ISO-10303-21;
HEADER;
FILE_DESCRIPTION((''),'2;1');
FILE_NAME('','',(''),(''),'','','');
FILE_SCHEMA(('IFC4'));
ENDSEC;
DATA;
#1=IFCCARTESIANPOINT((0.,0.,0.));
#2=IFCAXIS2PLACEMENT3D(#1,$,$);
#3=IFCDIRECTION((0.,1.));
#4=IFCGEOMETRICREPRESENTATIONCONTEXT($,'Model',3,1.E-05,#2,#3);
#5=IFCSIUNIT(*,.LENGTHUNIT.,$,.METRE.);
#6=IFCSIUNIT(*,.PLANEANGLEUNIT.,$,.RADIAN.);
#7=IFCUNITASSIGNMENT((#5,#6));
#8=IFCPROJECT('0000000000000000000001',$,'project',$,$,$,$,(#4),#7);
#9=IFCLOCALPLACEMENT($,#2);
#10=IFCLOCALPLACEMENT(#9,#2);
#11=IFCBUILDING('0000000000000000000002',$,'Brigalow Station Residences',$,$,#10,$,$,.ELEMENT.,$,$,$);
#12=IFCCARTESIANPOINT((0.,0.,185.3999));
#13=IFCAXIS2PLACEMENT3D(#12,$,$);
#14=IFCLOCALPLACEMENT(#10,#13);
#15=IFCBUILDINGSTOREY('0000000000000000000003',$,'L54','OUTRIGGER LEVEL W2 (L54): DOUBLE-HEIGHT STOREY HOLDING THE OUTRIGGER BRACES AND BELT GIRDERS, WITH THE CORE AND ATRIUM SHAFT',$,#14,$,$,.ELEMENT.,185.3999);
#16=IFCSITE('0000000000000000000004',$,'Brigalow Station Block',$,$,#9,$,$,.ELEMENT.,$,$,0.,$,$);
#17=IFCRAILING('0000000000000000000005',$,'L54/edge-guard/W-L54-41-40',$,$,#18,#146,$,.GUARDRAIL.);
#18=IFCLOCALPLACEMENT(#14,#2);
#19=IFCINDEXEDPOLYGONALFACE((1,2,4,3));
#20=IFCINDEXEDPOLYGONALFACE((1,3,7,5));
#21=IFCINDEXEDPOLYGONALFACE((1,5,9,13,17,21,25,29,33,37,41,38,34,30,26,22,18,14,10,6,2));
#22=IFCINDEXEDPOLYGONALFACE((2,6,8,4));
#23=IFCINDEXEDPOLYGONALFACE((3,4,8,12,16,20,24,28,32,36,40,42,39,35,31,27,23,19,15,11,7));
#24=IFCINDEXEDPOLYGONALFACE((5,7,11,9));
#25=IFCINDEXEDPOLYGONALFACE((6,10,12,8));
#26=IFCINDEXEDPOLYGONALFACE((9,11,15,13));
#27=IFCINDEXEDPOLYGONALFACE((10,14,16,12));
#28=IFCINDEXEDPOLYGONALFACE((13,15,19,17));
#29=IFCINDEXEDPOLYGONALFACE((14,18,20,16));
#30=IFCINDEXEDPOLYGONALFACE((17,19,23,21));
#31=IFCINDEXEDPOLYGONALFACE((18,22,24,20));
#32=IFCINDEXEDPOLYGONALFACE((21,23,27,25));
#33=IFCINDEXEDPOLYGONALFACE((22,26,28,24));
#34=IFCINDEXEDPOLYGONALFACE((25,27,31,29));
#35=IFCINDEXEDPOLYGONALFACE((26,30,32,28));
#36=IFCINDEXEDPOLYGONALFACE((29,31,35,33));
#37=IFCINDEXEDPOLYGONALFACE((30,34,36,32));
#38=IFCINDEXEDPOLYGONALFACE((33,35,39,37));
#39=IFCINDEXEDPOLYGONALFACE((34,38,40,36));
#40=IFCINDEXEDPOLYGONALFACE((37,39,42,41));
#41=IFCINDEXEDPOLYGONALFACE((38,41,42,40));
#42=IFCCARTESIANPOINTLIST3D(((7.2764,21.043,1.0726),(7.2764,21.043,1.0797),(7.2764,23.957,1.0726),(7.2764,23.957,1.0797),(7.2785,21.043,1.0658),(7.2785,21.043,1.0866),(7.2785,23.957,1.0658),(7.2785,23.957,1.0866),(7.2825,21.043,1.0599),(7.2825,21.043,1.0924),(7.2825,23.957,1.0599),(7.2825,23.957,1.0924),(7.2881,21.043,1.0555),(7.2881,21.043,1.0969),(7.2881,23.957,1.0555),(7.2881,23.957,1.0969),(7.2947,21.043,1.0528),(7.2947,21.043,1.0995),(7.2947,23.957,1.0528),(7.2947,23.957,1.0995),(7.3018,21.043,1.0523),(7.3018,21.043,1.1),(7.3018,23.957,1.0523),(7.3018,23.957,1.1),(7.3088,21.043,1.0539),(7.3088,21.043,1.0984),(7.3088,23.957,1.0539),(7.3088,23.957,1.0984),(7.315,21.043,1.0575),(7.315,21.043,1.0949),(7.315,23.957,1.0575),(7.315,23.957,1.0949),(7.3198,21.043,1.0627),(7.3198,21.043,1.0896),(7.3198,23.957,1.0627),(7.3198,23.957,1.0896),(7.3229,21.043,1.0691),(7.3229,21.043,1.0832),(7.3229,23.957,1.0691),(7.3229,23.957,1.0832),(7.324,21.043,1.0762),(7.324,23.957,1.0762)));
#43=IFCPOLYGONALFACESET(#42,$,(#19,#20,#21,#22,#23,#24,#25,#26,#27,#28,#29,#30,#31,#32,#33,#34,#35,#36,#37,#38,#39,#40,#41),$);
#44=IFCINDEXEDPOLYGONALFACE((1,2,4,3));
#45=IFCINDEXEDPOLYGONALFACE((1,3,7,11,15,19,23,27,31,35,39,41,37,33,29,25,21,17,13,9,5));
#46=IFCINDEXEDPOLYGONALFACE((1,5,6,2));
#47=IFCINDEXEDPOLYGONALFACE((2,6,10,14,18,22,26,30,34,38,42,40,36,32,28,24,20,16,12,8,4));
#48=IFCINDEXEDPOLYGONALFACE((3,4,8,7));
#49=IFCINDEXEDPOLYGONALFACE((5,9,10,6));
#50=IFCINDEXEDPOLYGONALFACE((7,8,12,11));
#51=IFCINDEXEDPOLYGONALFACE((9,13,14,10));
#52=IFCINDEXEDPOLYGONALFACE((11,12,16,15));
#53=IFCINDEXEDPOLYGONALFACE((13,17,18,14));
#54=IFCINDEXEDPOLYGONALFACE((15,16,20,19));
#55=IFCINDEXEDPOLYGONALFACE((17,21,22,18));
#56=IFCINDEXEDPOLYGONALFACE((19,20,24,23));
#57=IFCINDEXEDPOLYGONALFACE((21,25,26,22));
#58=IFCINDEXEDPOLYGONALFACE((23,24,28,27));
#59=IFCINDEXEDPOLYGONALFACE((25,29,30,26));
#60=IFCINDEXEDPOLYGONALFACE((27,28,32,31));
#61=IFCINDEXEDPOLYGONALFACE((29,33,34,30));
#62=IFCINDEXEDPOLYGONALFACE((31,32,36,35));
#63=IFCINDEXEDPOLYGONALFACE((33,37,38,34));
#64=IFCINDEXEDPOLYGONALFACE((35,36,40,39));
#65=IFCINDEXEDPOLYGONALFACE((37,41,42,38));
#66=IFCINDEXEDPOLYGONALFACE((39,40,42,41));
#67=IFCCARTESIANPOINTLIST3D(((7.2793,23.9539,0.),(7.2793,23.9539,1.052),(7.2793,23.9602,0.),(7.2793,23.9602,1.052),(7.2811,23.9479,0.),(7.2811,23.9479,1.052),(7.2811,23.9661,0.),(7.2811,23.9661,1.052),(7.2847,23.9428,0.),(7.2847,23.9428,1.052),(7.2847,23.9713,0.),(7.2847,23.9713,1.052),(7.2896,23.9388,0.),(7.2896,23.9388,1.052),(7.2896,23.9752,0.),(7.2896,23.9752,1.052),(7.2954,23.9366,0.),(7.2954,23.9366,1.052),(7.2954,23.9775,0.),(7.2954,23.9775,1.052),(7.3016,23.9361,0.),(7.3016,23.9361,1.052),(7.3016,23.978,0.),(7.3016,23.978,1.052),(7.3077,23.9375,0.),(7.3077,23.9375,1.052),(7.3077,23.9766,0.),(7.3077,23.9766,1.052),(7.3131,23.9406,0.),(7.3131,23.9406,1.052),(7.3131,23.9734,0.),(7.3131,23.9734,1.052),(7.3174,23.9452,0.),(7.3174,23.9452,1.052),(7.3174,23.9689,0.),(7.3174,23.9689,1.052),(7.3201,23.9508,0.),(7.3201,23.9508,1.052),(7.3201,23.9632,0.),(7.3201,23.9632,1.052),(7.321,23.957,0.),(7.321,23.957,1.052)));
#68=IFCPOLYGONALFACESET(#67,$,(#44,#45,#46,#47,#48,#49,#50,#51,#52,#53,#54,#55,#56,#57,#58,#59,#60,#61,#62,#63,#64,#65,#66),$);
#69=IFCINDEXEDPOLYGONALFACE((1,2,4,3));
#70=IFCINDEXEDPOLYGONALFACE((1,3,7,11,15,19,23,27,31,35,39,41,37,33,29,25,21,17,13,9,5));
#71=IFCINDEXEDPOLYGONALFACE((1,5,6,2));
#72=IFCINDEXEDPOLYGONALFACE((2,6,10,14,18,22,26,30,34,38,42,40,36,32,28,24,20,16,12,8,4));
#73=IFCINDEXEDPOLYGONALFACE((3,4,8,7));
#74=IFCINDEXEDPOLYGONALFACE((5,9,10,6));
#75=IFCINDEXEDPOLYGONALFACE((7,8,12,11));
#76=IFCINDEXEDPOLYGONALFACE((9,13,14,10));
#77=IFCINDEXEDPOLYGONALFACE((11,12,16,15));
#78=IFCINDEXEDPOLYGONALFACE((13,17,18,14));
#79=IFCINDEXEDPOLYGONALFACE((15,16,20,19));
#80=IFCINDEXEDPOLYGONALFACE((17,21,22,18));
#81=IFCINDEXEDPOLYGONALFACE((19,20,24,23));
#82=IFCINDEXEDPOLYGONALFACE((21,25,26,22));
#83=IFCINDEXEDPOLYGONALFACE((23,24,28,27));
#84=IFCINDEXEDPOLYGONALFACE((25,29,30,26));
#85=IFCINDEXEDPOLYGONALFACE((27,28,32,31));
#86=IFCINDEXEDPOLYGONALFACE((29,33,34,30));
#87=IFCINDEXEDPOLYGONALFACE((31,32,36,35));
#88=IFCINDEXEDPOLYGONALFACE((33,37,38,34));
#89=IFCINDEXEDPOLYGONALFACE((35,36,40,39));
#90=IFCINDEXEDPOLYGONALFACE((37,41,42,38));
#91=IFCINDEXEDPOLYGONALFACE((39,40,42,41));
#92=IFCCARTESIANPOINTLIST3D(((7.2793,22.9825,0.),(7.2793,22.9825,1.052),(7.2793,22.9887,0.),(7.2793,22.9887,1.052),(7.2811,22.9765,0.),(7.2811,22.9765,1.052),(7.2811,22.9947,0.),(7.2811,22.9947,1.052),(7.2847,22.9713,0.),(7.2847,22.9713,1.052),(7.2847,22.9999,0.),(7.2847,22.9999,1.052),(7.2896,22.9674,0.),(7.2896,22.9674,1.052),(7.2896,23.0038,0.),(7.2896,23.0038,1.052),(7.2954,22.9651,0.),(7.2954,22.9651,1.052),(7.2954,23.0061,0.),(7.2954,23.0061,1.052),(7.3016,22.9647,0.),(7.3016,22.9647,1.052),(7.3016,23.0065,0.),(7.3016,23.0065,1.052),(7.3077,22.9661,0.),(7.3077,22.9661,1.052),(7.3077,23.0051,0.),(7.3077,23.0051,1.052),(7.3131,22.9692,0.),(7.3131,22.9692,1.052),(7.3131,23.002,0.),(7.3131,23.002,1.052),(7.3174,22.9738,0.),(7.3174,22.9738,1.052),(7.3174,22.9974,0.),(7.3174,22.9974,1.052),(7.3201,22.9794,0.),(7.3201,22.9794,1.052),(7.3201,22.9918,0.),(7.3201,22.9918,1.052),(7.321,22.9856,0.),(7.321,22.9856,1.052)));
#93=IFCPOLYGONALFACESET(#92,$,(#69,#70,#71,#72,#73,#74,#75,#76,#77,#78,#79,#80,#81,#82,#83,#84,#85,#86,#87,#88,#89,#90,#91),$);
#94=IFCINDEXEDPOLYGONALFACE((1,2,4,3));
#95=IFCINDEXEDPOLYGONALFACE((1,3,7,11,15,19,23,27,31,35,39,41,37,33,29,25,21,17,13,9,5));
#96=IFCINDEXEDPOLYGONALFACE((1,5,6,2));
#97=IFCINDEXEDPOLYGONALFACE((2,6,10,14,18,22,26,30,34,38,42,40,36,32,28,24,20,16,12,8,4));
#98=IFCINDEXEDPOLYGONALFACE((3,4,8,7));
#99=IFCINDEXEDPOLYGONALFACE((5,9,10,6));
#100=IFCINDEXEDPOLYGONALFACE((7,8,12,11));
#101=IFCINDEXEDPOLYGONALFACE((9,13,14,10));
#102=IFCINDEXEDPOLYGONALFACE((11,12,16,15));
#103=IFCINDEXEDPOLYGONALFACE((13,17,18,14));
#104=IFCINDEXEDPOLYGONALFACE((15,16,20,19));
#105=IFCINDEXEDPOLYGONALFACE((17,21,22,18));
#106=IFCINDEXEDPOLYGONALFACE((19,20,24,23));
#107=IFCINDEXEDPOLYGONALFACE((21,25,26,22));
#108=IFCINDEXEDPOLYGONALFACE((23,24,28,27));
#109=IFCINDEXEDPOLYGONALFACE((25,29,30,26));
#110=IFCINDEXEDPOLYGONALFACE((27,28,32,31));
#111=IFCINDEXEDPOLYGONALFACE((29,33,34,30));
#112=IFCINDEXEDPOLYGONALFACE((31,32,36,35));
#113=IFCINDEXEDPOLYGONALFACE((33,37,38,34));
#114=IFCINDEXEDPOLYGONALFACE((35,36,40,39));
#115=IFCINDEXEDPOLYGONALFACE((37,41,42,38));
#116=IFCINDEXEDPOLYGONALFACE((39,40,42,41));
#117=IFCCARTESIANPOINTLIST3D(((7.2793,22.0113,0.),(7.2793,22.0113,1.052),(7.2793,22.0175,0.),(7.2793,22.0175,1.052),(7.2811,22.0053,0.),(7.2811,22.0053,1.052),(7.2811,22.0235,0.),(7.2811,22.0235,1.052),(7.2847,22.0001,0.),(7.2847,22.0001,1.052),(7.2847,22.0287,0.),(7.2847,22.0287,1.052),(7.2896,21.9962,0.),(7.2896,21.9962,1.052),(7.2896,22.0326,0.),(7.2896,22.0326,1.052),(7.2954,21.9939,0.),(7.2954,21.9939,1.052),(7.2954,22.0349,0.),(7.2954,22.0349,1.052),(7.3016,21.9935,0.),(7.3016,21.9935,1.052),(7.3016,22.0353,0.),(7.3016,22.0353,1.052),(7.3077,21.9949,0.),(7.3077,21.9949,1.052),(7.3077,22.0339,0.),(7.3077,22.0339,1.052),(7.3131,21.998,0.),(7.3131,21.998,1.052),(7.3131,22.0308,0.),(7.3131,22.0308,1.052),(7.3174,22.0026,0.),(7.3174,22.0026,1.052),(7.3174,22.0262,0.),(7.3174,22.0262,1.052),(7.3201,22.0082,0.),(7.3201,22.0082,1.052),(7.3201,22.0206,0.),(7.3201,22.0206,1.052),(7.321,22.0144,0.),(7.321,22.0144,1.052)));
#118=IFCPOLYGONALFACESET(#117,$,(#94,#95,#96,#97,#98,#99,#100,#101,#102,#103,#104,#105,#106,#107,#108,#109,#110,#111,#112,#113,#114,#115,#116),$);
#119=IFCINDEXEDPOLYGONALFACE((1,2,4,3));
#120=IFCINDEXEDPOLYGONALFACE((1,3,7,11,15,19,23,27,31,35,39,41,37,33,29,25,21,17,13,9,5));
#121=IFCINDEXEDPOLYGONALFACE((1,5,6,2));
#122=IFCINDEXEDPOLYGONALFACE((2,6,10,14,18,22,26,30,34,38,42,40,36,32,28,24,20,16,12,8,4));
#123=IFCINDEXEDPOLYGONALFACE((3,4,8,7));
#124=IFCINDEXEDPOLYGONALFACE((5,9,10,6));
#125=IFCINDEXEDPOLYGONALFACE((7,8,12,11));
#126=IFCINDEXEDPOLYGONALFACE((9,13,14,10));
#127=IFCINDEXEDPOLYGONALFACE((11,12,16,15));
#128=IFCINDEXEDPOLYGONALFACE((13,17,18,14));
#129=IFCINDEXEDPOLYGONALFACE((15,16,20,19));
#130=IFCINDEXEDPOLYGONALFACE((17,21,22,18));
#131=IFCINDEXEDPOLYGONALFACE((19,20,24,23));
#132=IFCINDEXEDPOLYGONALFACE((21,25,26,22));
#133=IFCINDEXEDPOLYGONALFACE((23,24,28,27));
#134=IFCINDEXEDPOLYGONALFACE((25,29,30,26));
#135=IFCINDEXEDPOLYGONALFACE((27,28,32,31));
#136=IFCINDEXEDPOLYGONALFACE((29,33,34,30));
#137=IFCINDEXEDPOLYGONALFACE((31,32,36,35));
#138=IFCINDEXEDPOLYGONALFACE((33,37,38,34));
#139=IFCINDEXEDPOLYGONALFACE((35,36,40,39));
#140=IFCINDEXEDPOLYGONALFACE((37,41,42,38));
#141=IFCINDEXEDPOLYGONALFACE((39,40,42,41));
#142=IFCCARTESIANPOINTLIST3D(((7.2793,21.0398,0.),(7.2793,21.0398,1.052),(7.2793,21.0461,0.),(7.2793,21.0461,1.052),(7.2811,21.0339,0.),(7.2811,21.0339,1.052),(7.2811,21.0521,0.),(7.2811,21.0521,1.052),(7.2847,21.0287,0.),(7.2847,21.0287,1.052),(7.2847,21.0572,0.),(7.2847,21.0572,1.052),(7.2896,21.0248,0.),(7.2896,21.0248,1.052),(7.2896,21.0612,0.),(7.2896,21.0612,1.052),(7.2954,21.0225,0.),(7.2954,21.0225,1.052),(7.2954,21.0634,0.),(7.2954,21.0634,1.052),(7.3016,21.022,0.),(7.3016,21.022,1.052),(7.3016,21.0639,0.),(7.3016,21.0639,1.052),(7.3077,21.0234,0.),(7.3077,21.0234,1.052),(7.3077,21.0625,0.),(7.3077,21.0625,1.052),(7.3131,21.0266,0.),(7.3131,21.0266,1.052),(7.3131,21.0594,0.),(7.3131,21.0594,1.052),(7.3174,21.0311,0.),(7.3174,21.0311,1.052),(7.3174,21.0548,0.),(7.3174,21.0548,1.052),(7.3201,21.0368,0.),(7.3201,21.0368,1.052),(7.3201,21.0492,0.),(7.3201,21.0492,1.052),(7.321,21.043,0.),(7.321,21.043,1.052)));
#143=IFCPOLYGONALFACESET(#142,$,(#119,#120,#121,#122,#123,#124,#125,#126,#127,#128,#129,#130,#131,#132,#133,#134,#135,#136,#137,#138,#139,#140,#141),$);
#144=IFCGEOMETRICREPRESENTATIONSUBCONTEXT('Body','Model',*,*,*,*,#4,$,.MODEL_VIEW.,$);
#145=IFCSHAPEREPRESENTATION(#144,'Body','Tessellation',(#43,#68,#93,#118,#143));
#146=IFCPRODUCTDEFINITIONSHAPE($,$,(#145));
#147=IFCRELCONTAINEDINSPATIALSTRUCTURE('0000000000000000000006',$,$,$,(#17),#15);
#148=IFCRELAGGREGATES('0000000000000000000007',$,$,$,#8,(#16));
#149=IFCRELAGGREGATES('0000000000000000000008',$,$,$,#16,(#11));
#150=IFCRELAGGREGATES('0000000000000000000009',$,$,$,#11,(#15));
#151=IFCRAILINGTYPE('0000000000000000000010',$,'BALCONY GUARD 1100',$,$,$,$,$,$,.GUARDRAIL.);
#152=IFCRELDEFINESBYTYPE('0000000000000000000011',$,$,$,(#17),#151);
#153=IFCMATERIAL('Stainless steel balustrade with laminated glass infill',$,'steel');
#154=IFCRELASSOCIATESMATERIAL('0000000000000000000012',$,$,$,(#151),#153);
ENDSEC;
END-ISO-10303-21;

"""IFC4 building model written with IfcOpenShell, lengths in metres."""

from ifc_helpers import new_model, si_unit, direction, frame, origin, origin_2d, place, context, subcontext, project, spatial, circle, extrude, material, type_object, element, save


model = new_model("IFC4")

# Units and contexts
model_context = context("Model", 3, precision=1e-05, world=origin(), true_north=direction((0.0, 1.0)))
body_context = subcontext(model_context, "Body", "Model", "MODEL_VIEW")
ifc_project = project(units=[si_unit("LENGTHUNIT", "METRE"), si_unit("PLANEANGLEUNIT", "RADIAN")], contexts=[model_context])

# Site, building, storey
site_placement = place(None, origin())
site = spatial("IfcSite", under=ifc_project, at=site_placement, Name="Brigalow Station Block", CompositionType="ELEMENT", RefElevation=0.0)
building_placement = place(site_placement, origin())
building = spatial("IfcBuilding", under=site, at=building_placement, Name="Brigalow Station Residences", CompositionType="ELEMENT")
storey_placement = place(building_placement, frame((0.0, 0.0, 185.3999)))
storey = spatial("IfcBuildingStorey", under=building, at=storey_placement, Name="L54", Description="OUTRIGGER LEVEL W2 (L54): DOUBLE-HEIGHT STOREY HOLDING THE OUTRIGGER BRACES AND BELT GIRDERS, WITH THE CORE AND ATRIUM SHAFT", CompositionType="ELEMENT", Elevation=185.3999)

# Railing
ifc_material_1 = material(Name="Stainless steel balustrade with laminated glass infill", Category="steel")
railing_type_1 = type_object("IfcRailingType", Name="BALCONY GUARD 1100", PredefinedType="GUARDRAIL", material=ifc_material_1)
for number, where, name in (
    (1, (7.3, 23.957, 0.0), "L54/edge-guard/W-L54-41-40"),
):
    element("IfcRailing", number, at=place(storey_placement, frame(where)), inside=storey, type_object=railing_type_1, Name=name, PredefinedType="GUARDRAIL", context=body_context, shape_type="SweptSolid", body=[
        extrude(circle(Radius=0.0239, at=origin_2d()), frame((0.0, 0.0, 1.0762), z_axis=(0.0, -1.0, 0.0), x_axis=(1.0, 0.0, 0.0)), (0.0, 0.0, 1.0), 2.9141),
        extrude(circle(Radius=0.021, at=origin_2d()), origin(), (0.0, 0.0, 1.0), 1.052),
        extrude(circle(Radius=0.021, at=origin_2d()), frame((0.0, -0.9714, 0.0)), (0.0, 0.0, 1.0), 1.052),
        extrude(circle(Radius=0.021, at=origin_2d()), frame((0.0, -1.9426, 0.0)), (0.0, 0.0, 1.0), 1.052),
        extrude(circle(Radius=0.021, at=origin_2d()), frame((0.0, -2.9141, 0.0)), (0.0, 0.0, 1.0), 1.052),
    ])

save(model, "model.ifc")
